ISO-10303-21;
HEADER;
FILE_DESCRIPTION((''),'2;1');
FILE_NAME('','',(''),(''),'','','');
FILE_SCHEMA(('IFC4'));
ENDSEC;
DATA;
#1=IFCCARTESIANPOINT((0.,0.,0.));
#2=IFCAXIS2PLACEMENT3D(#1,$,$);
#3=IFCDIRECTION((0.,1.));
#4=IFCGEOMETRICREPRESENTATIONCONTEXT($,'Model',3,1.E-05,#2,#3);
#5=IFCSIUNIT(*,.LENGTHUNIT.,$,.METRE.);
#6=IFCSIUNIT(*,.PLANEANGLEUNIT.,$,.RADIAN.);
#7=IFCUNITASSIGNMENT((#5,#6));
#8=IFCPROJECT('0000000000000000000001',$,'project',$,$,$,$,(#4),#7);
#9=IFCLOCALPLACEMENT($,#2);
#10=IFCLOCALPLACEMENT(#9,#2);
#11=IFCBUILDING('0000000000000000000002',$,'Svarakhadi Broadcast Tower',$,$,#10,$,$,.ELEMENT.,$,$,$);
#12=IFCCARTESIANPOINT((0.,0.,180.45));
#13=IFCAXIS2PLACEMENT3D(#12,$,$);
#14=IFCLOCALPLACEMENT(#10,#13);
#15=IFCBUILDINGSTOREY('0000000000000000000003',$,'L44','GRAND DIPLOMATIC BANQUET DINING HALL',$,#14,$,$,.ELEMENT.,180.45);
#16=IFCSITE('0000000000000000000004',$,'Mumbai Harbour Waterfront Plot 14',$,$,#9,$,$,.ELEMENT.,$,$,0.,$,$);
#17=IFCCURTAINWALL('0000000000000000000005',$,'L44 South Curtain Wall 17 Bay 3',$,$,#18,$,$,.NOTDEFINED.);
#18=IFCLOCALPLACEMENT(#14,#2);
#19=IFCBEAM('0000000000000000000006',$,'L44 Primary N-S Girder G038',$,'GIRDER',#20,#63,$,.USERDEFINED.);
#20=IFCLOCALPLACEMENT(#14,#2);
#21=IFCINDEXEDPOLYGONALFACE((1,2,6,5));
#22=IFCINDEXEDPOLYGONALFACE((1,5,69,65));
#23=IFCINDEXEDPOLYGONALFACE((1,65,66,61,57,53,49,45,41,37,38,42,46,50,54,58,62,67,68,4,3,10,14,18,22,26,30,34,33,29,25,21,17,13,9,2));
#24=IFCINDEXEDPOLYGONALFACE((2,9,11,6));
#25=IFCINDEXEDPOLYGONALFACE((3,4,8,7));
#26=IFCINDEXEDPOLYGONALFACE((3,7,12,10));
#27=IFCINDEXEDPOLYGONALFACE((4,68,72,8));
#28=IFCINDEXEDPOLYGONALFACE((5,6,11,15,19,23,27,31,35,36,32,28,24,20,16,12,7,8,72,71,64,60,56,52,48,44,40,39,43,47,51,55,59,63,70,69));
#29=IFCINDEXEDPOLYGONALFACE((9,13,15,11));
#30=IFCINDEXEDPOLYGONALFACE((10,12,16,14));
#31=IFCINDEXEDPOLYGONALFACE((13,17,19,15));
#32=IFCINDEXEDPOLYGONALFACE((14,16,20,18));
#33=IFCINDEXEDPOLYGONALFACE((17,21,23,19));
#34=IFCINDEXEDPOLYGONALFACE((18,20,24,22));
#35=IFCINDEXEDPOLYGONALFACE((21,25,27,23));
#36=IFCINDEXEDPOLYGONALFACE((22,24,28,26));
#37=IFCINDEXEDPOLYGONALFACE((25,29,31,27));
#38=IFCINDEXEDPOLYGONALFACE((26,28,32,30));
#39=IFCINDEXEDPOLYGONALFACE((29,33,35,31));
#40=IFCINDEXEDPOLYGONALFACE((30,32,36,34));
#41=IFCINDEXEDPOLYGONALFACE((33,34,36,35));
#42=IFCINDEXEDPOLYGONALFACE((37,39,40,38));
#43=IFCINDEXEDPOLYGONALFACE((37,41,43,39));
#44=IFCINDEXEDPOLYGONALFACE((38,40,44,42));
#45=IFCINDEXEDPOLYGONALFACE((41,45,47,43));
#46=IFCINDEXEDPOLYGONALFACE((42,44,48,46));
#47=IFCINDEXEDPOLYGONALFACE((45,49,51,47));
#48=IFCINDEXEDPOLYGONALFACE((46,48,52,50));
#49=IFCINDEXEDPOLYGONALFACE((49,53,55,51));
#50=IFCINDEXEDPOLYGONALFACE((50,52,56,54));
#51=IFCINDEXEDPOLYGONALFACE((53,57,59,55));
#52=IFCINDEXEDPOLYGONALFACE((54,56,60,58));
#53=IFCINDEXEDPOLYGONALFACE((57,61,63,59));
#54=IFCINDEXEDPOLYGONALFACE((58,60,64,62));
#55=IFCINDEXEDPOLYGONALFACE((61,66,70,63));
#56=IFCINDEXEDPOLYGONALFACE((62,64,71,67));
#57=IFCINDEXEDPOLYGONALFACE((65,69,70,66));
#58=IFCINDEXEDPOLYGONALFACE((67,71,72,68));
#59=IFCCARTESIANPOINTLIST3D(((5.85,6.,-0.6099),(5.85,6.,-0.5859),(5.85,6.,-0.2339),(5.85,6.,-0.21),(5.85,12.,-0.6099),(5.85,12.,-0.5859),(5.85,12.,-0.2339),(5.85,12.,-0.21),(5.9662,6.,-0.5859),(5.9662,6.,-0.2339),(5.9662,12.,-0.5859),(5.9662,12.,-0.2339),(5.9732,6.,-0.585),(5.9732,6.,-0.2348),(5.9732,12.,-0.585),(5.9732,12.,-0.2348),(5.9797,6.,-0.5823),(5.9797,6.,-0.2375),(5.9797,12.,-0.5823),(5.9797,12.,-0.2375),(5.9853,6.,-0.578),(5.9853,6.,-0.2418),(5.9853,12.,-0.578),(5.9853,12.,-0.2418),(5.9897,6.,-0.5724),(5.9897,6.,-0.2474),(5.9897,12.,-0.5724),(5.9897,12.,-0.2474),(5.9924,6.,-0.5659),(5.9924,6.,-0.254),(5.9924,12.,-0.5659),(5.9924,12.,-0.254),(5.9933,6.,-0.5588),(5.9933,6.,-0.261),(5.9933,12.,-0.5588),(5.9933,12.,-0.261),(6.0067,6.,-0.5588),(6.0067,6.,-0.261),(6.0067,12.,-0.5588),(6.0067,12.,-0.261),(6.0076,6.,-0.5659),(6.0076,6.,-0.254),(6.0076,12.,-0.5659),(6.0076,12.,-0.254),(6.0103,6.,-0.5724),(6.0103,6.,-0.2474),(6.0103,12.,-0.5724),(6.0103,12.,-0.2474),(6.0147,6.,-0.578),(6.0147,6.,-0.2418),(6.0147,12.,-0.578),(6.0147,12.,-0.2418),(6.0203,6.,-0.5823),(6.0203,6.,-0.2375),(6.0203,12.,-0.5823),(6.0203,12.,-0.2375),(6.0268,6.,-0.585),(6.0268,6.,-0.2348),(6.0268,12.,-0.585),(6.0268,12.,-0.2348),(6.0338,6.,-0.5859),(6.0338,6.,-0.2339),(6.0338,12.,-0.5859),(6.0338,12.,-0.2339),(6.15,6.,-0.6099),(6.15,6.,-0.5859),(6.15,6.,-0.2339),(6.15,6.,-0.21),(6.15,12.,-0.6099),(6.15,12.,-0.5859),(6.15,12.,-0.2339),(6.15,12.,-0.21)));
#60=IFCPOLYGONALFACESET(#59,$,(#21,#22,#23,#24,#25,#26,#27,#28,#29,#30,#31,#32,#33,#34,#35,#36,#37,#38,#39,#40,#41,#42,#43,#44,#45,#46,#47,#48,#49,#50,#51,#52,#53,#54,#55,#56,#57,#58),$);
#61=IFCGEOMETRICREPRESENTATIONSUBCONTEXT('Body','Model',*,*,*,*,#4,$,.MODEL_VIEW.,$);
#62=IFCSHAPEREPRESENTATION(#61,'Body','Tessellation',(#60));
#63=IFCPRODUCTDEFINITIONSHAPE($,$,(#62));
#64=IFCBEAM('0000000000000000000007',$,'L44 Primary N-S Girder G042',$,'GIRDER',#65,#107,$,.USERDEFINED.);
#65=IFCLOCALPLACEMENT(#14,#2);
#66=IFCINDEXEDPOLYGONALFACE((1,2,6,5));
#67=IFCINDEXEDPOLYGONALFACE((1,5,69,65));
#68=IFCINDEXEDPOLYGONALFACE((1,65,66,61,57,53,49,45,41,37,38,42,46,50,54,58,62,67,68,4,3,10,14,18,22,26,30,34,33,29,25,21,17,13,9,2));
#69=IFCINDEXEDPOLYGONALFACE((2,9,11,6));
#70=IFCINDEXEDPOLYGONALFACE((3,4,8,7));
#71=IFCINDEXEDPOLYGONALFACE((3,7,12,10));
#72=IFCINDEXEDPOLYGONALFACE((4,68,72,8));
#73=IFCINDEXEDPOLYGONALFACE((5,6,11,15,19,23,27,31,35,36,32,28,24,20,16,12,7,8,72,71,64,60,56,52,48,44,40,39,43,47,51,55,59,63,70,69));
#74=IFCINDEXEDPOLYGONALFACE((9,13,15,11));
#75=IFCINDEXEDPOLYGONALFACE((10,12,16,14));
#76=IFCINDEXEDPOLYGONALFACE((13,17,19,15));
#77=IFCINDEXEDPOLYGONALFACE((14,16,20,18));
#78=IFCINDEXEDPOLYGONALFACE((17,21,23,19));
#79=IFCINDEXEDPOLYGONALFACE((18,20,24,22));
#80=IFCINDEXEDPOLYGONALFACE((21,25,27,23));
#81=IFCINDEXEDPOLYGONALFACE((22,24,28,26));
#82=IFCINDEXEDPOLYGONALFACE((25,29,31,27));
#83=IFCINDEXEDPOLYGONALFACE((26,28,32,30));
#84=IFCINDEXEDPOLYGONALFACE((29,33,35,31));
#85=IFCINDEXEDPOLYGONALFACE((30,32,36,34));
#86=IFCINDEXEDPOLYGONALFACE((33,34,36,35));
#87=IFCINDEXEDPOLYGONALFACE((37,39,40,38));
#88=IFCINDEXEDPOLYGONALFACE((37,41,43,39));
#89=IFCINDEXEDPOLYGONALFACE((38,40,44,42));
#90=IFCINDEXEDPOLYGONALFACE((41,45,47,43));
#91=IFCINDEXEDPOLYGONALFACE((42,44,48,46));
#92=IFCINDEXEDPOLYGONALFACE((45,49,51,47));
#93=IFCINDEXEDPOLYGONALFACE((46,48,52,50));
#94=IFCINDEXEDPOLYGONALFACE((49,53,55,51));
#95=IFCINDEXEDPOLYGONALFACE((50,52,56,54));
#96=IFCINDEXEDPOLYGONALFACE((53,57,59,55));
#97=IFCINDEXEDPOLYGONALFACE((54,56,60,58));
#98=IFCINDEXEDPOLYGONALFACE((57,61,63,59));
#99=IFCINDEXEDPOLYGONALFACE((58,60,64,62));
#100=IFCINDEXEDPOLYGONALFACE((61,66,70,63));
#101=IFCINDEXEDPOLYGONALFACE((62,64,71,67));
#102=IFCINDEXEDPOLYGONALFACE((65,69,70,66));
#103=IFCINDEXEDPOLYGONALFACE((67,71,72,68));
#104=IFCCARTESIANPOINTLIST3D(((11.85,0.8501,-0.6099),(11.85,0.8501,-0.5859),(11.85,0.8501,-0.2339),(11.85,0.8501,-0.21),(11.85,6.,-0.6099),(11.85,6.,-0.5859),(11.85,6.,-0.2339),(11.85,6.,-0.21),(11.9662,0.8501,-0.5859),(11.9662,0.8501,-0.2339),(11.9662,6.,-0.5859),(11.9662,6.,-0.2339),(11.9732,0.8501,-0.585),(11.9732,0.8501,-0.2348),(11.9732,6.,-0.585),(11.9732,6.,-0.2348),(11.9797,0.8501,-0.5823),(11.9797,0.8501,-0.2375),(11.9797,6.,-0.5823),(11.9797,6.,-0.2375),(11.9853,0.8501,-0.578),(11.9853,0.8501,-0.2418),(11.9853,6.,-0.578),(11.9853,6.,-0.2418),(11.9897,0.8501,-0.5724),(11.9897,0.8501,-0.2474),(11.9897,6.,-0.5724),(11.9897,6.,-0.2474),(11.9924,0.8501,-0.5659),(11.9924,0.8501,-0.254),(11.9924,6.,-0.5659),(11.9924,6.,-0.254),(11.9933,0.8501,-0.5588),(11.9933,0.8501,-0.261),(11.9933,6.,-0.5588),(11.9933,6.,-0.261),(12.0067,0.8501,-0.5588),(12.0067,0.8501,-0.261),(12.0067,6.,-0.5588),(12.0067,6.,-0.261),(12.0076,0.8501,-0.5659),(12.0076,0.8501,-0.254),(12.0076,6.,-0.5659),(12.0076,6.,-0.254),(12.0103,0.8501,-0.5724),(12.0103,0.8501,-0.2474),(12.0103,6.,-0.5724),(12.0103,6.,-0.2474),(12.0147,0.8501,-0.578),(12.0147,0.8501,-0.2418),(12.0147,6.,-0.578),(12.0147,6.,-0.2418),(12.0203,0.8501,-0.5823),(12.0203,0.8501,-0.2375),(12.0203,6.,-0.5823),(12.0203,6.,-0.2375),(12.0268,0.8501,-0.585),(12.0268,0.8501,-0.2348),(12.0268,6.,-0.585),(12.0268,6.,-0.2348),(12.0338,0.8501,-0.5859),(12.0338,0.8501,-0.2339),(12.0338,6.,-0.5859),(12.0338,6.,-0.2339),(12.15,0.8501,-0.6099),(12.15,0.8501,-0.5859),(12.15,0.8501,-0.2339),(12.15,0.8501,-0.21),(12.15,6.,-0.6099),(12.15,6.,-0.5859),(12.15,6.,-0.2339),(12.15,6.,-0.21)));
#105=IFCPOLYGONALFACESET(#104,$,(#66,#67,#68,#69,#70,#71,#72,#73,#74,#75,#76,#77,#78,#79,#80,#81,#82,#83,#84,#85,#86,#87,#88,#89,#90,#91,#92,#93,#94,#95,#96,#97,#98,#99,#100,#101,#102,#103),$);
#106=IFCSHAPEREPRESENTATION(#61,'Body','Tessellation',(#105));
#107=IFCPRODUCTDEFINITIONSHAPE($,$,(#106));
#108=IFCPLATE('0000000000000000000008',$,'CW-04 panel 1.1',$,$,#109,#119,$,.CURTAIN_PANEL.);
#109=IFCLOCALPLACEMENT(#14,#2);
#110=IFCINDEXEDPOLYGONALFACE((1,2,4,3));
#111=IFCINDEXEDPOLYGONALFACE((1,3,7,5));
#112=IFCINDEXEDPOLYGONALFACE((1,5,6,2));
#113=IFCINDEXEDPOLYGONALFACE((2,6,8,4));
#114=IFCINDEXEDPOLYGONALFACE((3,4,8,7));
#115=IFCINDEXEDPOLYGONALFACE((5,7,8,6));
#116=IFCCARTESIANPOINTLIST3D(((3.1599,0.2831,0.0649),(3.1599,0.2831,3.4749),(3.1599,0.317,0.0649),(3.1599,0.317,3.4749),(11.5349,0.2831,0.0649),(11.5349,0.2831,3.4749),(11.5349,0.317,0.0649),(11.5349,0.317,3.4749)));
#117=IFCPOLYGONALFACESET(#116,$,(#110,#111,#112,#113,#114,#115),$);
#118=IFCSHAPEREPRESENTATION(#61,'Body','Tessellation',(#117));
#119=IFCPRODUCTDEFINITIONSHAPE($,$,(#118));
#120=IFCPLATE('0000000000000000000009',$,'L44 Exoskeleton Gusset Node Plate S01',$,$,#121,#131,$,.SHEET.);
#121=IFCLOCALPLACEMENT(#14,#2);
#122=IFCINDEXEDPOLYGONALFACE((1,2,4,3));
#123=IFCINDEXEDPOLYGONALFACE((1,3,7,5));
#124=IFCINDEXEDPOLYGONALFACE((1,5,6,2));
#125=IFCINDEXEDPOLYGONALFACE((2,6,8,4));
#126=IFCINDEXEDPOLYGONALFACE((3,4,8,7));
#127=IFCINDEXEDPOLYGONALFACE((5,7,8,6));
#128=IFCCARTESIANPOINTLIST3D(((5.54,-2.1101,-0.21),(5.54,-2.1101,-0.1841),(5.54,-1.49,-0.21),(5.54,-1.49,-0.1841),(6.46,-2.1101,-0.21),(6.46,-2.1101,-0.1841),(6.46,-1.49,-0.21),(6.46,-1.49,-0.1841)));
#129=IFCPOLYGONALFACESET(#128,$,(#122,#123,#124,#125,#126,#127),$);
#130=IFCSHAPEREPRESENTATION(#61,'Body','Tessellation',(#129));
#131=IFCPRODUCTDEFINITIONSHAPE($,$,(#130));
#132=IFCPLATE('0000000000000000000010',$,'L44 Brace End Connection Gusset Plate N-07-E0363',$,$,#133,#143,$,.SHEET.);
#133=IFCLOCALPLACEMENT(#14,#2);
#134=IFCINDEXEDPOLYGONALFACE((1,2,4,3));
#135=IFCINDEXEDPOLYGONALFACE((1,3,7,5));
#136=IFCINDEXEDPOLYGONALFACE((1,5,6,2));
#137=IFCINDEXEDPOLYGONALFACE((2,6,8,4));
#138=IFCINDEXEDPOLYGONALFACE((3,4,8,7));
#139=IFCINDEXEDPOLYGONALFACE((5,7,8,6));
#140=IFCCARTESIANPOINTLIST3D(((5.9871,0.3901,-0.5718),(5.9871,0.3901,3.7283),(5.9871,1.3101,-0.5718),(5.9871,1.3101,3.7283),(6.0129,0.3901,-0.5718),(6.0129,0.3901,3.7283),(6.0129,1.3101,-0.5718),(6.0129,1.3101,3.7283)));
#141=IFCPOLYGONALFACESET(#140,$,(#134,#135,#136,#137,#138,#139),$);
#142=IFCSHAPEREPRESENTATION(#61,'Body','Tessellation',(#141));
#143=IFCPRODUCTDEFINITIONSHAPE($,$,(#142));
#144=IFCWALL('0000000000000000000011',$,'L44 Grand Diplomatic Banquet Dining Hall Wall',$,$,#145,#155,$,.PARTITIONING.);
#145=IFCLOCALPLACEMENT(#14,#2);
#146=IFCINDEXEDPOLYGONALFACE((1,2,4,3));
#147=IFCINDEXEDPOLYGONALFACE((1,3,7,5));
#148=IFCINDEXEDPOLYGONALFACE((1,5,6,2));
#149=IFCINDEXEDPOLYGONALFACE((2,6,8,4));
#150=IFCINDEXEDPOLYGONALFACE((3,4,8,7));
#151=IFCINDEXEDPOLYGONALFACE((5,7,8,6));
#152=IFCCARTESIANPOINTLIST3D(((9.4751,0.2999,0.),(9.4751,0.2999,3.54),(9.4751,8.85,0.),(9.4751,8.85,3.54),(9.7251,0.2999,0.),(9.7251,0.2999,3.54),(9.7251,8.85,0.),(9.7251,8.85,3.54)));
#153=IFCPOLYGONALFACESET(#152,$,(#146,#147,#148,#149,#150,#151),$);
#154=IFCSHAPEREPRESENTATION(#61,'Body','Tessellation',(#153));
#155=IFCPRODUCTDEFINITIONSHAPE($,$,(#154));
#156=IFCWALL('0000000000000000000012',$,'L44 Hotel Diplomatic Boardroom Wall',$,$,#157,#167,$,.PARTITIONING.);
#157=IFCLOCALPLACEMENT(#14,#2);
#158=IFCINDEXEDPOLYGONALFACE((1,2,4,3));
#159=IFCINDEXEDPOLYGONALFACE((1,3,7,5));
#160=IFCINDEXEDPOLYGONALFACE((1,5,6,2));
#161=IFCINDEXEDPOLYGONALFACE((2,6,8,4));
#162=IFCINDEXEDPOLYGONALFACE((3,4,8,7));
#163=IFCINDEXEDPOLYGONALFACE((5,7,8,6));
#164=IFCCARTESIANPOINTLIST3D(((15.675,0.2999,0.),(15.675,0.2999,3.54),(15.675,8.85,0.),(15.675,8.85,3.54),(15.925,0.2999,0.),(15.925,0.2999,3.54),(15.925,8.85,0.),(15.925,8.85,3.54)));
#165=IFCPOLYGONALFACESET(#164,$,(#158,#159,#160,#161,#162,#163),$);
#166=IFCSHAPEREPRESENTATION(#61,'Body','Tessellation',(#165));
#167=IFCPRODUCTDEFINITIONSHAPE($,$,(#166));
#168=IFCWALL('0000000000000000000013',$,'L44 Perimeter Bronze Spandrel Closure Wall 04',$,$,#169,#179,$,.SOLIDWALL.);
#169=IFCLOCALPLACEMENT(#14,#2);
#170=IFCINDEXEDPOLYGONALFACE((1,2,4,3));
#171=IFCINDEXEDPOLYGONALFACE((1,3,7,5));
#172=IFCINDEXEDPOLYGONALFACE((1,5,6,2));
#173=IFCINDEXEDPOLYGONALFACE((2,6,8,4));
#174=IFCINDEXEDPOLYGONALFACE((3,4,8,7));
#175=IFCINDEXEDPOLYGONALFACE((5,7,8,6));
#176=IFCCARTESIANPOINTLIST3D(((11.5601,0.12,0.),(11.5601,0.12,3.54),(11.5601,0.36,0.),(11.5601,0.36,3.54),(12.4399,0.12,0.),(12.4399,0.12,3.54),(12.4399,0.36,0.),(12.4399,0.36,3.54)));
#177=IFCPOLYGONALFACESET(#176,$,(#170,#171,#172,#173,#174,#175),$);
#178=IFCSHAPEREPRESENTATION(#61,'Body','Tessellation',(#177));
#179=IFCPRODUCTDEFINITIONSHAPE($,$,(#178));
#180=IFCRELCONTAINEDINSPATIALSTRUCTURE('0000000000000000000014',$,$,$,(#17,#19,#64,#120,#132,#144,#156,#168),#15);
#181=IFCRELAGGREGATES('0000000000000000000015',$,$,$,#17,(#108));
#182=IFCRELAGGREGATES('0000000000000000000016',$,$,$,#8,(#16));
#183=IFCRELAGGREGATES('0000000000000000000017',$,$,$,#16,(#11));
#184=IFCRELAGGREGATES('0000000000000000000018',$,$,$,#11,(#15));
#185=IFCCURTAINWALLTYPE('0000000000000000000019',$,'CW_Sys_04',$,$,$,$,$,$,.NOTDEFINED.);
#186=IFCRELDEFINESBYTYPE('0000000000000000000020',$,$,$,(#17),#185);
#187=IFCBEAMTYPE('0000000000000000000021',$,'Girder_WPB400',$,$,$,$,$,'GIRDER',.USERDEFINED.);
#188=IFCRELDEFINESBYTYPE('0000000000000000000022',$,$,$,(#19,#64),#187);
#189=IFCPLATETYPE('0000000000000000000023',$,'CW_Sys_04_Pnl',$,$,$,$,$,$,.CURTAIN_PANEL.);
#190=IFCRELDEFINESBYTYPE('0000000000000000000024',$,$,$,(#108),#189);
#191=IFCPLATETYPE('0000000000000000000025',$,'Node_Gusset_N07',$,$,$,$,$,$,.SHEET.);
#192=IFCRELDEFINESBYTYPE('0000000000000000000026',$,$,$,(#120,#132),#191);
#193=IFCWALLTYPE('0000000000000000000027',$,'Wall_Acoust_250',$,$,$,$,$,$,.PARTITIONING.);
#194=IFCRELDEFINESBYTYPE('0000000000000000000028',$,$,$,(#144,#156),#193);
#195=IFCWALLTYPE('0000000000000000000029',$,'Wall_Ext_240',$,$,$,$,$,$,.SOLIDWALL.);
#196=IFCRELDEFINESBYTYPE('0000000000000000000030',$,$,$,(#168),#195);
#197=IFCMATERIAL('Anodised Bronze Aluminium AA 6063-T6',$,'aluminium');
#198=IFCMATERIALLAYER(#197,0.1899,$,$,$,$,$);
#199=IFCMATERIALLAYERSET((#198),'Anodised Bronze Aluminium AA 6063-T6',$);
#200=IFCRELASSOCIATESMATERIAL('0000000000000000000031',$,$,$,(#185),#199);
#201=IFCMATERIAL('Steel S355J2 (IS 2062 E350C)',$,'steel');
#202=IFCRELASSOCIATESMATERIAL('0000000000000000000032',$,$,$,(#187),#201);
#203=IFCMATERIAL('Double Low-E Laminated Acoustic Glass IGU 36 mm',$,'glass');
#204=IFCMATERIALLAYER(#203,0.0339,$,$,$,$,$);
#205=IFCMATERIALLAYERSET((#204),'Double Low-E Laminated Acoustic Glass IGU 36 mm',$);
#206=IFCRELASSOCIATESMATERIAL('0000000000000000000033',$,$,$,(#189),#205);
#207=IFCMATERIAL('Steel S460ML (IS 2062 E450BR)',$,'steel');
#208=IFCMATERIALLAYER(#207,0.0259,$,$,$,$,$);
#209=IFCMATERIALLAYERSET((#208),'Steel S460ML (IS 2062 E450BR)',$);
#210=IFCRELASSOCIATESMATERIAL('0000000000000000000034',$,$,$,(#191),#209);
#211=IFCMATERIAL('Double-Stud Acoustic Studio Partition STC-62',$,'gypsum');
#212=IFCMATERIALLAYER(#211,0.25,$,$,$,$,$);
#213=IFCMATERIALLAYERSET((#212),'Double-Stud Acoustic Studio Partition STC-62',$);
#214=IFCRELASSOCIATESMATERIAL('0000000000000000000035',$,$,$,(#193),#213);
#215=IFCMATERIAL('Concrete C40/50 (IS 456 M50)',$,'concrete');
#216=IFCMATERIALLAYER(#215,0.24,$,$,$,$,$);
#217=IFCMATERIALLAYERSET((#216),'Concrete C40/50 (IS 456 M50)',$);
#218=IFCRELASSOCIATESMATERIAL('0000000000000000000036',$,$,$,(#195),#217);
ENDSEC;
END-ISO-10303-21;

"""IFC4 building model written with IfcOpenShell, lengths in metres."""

from ifc_helpers import new_model, si_unit, direction, frame, frame_2d, origin, origin_2d, place, context, subcontext, project, spatial, rectangle, i_section, extrude, material, layer, layer_set, material_profile, profile_set, type_object, element, aggregate, save


model = new_model("IFC4")

# Units and contexts
model_context = context("Model", 3, precision=1e-05, world=origin(), true_north=direction((0.0, 1.0)))
body_context = subcontext(model_context, "Body", "Model", "MODEL_VIEW")
ifc_project = project(units=[si_unit("LENGTHUNIT", "METRE"), si_unit("PLANEANGLEUNIT", "RADIAN")], contexts=[model_context])

# Site, building, storey
site_placement = place(None, origin())
site = spatial("IfcSite", under=ifc_project, at=site_placement, Name="Mumbai Harbour Waterfront Plot 14", CompositionType="ELEMENT", RefElevation=0.0)
building_placement = place(site_placement, origin())
building = spatial("IfcBuilding", under=site, at=building_placement, Name="Svarakhadi Broadcast Tower", CompositionType="ELEMENT")
storey_placement = place(building_placement, frame((0.0, 0.0, 180.45)))
storey = spatial("IfcBuildingStorey", under=building, at=storey_placement, Name="L44", Description="GRAND DIPLOMATIC BANQUET DINING HALL", CompositionType="ELEMENT", Elevation=180.45)

# Shared definitions
ifc_material_1 = material(Name="Steel S460ML (IS 2062 E450BR)", Category="steel")

# Shared definitions
ifc_material_2 = material(Name="Steel S355J2 (IS 2062 E350C)", Category="steel")

# Shared definitions
ifc_material_3 = material(Name="Anodised Bronze Aluminium AA 6063-T6", Category="aluminium")
ifc_layer_1 = layer(ifc_material_3, 0.1899)
ifc_layer_set_1 = layer_set([ifc_layer_1], Name="Anodised Bronze Aluminium AA 6063-T6")
curtain_wall_type = type_object("IfcCurtainWallType", Name="CW_Sys_04", PredefinedType="NOTDEFINED", material=ifc_layer_set_1)

# Curtain wall
curtain_wall_1_placement = place(storey_placement, origin())
curtain_wall_1 = element("IfcCurtainWall", 1, at=curtain_wall_1_placement, inside=storey, type_object=curtain_wall_type, Name="L44 South Curtain Wall 17 Bay 3", PredefinedType="NOTDEFINED")

# Beams
ifc_material_profile_1 = material_profile(ifc_material_2, i_section(OverallWidth=0.3, OverallDepth=0.3999, WebThickness=0.0134, FlangeThickness=0.0239, FilletRadius=0.0271, at=origin_2d()), Name="WPB 400x300x155")
ifc_profile_set_1 = profile_set([ifc_material_profile_1], Name="Steel S355J2 (IS 2062 E350C)")
beam_type_1 = type_object("IfcBeamType", Name="Girder_WPB400", ElementType="GIRDER", PredefinedType="USERDEFINED", material=ifc_profile_set_1)
beam_1_placement = place(storey_placement, frame((6.0, 6.0, -0.4099), z_axis=(0.0, 1.0, 0.0), x_axis=(-1.0, 0.0, 0.0)))
element("IfcBeam", 2, at=beam_1_placement, inside=storey, type_object=beam_type_1, Name="L44 Primary N-S Girder G038", ObjectType="GIRDER", PredefinedType="USERDEFINED", context=body_context, shape_type="SweptSolid", body=[
    extrude(i_section(OverallWidth=0.3, OverallDepth=0.3999, WebThickness=0.0134, FlangeThickness=0.0239, FilletRadius=0.0271, at=origin_2d()), origin(), (0.0, 0.0, 1.0), 6.0),
])
beam_2_placement = place(storey_placement, frame((12.0, 0.8501, -0.4099), z_axis=(0.0, 1.0, 0.0), x_axis=(-1.0, 0.0, 0.0)))
element("IfcBeam", 3, at=beam_2_placement, inside=storey, type_object=beam_type_1, Name="L44 Primary N-S Girder G042", ObjectType="GIRDER", PredefinedType="USERDEFINED", context=body_context, shape_type="SweptSolid", body=[
    extrude(i_section(OverallWidth=0.3, OverallDepth=0.3999, WebThickness=0.0134, FlangeThickness=0.0239, FilletRadius=0.0271, at=origin_2d()), origin(), (0.0, 0.0, 1.0), 5.1499),
])

# Plate
ifc_material_4 = material(Name="Double Low-E Laminated Acoustic Glass IGU 36 mm", Category="glass")
ifc_layer_2 = layer(ifc_material_4, 0.0339)
ifc_layer_set_2 = layer_set([ifc_layer_2], Name="Double Low-E Laminated Acoustic Glass IGU 36 mm")
plate_type_1 = type_object("IfcPlateType", Name="CW_Sys_04_Pnl", PredefinedType="CURTAIN_PANEL", material=ifc_layer_set_2)
plate_1_placement = place(storey_placement, frame((7.3474, 0.3, 0.0649), z_axis=(0.0, 0.0, 1.0), x_axis=(-1.0, 0.0, 0.0)))
plate_1 = element("IfcPlate", 4, at=plate_1_placement, type_object=plate_type_1, Name="CW-04 panel 1.1", PredefinedType="CURTAIN_PANEL", context=body_context, shape_type="SweptSolid", body=[
    extrude(rectangle(XDim=8.375, YDim=0.0339, at=origin_2d()), origin(), (0.0, 0.0, 1.0), 3.4099),
])
aggregate(curtain_wall_1, [plate_1])

# Plates
ifc_layer_3 = layer(ifc_material_1, 0.0259)
ifc_layer_set_3 = layer_set([ifc_layer_3], Name="Steel S460ML (IS 2062 E450BR)")
plate_type_2 = type_object("IfcPlateType", Name="Node_Gusset_N07", PredefinedType="SHEET", material=ifc_layer_set_3)
plate_2_placement = place(storey_placement, frame((6.0, -1.8, -0.21), z_axis=(0.0, 0.0, 1.0), x_axis=(1.0, 0.0, 0.0)))
element("IfcPlate", 5, at=plate_2_placement, inside=storey, type_object=plate_type_2, Name="L44 Exoskeleton Gusset Node Plate S01", PredefinedType="SHEET", context=body_context, shape_type="SweptSolid", body=[
    extrude(rectangle(XDim=0.9199, YDim=0.6201, at=origin_2d()), origin(), (0.0, 0.0, 1.0), 0.0259),
])
plate_3_placement = place(storey_placement, frame((6.0, 0.8501, -0.5718), z_axis=(0.0, 0.0, 1.0), x_axis=(0.0, 1.0, 0.0)))
element("IfcPlate", 6, at=plate_3_placement, inside=storey, type_object=plate_type_2, Name="L44 Brace End Connection Gusset Plate N-07-E0363", PredefinedType="SHEET", context=body_context, shape_type="SweptSolid", body=[
    extrude(rectangle(XDim=0.9199, YDim=0.0259, at=origin_2d()), origin(), (0.0, 0.0, 1.0), 4.3),
])

# Walls
ifc_material_5 = material(Name="Double-Stud Acoustic Studio Partition STC-62", Category="gypsum")
ifc_layer_4 = layer(ifc_material_5, 0.25)
ifc_layer_set_4 = layer_set([ifc_layer_4], Name="Double-Stud Acoustic Studio Partition STC-62")
wall_type_1 = type_object("IfcWallType", Name="Wall_Acoust_250", PredefinedType="PARTITIONING", material=ifc_layer_set_4)
for number, where, z_axis, x_axis, name in (
    (7, (9.6001, 0.3, 0.0), (0.0, 0.0, 1.0), (0.0, 1.0, 0.0), "L44 Grand Diplomatic Banquet Dining Hall Wall"),
    (8, (15.8, 0.3, 0.0), (0.0, 0.0, 1.0), (0.0, 1.0, 0.0), "L44 Hotel Diplomatic Boardroom Wall"),
):
    element("IfcWall", number, at=place(storey_placement, frame(where, z_axis=z_axis, x_axis=x_axis)), inside=storey, type_object=wall_type_1, Name=name, PredefinedType="PARTITIONING", context=body_context, shape_type="SweptSolid", body=[
        extrude(rectangle(XDim=8.55, YDim=0.25, at=frame_2d((4.2749, 0.0))), origin(), (0.0, 0.0, 1.0), 3.54),
    ])
ifc_material_6 = material(Name="Concrete C40/50 (IS 456 M50)", Category="concrete")
ifc_layer_5 = layer(ifc_material_6, 0.24)
ifc_layer_set_5 = layer_set([ifc_layer_5], Name="Concrete C40/50 (IS 456 M50)")
wall_type_2 = type_object("IfcWallType", Name="Wall_Ext_240", PredefinedType="SOLIDWALL", material=ifc_layer_set_5)
wall_placement = place(storey_placement, frame((12.4399, 0.24, 0.0), z_axis=(0.0, 0.0, 1.0), x_axis=(-1.0, 0.0, 0.0)))
element("IfcWall", 9, at=wall_placement, inside=storey, type_object=wall_type_2, Name="L44 Perimeter Bronze Spandrel Closure Wall 04", PredefinedType="SOLIDWALL", context=body_context, shape_type="SweptSolid", body=[
    extrude(rectangle(XDim=0.8799, YDim=0.24, at=frame_2d((0.4399, 0.0))), origin(), (0.0, 0.0, 1.0), 3.54),
])

save(model, "model.ifc")
